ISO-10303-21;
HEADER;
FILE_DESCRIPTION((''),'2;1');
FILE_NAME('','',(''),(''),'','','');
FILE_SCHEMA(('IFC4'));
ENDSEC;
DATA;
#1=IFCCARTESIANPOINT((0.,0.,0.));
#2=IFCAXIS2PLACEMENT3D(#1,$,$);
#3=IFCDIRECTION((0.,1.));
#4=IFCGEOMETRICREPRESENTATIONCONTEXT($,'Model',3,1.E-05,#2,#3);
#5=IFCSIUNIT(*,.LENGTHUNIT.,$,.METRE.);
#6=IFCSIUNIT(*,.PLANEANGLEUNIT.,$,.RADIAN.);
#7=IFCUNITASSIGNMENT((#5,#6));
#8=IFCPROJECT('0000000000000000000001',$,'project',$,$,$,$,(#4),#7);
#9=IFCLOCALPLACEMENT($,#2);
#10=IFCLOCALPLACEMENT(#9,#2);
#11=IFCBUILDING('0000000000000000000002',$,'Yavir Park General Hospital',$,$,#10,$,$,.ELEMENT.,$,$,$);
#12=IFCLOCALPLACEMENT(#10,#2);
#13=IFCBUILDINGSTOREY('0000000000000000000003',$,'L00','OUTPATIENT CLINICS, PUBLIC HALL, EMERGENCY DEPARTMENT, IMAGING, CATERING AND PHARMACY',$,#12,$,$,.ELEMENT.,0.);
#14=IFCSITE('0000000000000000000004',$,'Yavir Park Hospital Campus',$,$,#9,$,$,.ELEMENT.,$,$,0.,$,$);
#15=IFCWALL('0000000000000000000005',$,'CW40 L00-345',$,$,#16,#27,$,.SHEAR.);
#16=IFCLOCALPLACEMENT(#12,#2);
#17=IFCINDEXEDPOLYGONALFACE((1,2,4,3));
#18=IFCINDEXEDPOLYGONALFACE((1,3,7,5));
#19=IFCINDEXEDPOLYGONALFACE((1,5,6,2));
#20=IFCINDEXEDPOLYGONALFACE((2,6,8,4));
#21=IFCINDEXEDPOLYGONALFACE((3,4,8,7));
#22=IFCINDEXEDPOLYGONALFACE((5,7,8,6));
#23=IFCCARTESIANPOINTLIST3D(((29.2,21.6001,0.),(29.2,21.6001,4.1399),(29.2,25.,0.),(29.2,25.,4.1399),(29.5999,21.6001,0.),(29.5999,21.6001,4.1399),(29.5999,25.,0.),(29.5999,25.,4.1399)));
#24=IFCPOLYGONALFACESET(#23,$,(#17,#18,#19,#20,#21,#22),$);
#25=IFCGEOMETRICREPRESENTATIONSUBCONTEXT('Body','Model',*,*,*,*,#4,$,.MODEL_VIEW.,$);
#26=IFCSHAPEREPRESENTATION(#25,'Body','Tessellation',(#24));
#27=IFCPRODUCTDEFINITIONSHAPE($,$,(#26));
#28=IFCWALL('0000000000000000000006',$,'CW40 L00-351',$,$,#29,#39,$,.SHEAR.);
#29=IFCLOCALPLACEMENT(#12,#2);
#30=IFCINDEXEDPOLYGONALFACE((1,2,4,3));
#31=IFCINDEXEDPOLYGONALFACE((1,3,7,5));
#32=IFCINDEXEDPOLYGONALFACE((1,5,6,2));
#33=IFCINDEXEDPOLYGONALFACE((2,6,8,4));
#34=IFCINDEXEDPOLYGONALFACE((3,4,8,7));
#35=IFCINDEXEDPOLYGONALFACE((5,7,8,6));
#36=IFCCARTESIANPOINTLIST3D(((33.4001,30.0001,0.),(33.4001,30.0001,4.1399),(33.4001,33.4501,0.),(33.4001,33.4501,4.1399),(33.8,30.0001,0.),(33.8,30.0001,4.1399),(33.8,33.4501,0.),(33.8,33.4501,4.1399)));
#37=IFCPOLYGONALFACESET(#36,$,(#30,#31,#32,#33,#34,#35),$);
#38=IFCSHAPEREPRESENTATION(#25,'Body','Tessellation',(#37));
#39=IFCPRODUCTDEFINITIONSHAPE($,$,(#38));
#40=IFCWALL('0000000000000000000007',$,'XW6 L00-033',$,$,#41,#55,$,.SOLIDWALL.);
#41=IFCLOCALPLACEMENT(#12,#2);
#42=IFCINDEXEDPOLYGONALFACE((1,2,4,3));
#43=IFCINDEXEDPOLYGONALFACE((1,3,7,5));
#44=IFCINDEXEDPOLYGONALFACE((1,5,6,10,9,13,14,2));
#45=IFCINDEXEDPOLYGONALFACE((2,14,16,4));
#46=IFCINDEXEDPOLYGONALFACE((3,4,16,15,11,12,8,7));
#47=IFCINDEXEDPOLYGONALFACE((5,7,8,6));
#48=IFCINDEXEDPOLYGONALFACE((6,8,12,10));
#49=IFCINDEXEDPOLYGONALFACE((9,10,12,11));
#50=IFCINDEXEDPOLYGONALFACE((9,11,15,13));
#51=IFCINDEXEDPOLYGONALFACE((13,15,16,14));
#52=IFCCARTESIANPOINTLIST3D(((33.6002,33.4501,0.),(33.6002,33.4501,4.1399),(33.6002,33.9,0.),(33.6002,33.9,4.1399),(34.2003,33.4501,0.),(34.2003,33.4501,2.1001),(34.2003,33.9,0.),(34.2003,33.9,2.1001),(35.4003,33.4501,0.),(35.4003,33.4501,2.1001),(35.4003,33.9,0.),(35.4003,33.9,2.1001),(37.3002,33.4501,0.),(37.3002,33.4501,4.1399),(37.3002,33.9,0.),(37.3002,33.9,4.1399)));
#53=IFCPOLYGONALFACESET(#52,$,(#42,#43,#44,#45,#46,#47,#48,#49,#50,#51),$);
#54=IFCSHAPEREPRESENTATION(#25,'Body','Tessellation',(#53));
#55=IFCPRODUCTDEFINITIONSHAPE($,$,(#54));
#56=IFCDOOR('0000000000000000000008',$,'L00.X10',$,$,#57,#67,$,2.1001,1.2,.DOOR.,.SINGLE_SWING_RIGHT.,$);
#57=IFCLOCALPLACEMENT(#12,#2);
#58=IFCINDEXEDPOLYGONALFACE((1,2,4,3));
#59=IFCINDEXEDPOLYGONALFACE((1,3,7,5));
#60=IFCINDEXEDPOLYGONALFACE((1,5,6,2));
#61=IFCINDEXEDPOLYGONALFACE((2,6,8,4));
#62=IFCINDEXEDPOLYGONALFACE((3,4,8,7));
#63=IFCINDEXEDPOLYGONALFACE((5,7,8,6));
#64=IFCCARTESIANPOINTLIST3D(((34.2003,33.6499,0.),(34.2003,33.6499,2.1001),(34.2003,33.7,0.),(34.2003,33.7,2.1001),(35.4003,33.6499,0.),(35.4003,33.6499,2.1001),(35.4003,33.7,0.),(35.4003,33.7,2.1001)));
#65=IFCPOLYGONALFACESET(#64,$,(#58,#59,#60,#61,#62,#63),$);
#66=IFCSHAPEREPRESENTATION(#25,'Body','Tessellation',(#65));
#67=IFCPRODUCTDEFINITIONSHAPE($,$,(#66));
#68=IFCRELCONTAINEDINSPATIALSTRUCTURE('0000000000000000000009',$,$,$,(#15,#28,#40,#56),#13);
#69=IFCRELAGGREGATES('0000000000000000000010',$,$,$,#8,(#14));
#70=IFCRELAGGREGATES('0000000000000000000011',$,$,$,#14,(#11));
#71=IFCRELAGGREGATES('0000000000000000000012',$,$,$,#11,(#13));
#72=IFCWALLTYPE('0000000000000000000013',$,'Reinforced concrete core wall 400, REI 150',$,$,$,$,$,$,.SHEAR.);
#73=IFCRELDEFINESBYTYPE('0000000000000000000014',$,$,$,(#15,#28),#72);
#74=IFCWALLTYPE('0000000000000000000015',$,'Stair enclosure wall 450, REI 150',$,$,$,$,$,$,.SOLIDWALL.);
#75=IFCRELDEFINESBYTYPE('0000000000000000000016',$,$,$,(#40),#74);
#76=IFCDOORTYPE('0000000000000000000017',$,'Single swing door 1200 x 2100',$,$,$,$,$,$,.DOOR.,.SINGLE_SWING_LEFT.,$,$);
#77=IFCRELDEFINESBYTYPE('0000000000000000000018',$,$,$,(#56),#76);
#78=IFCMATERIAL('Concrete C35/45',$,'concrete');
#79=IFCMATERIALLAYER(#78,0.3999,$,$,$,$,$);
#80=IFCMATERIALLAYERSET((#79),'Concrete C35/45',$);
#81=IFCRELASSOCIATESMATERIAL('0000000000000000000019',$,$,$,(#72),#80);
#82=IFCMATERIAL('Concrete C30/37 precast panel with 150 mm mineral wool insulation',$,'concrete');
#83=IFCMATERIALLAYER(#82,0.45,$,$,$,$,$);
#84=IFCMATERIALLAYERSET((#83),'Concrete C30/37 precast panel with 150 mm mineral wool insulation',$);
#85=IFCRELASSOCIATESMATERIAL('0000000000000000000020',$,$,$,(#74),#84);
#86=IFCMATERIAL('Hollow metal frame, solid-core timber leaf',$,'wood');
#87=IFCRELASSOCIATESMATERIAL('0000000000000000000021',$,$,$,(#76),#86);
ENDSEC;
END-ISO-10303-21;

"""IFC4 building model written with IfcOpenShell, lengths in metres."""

from ifc_helpers import new_model, si_unit, direction, frame, frame_2d, origin, place, context, subcontext, project, spatial, rectangle, extrude, material, layer, layer_set, type_object, element, fill, save


model = new_model("IFC4")

# Units and contexts
model_context = context("Model", 3, precision=1e-05, world=origin(), true_north=direction((0.0, 1.0)))
body_context = subcontext(model_context, "Body", "Model", "MODEL_VIEW")
ifc_project = project(units=[si_unit("LENGTHUNIT", "METRE"), si_unit("PLANEANGLEUNIT", "RADIAN")], contexts=[model_context])

# Site, building, storey
site_placement = place(None, origin())
site = spatial("IfcSite", under=ifc_project, at=site_placement, Name="Yavir Park Hospital Campus", CompositionType="ELEMENT", RefElevation=0.0)
building_placement = place(site_placement, origin())
building = spatial("IfcBuilding", under=site, at=building_placement, Name="Yavir Park General Hospital", CompositionType="ELEMENT")
storey_placement = place(building_placement, origin())
storey = spatial("IfcBuildingStorey", under=building, at=storey_placement, Name="L00", Description="OUTPATIENT CLINICS, PUBLIC HALL, EMERGENCY DEPARTMENT, IMAGING, CATERING AND PHARMACY", CompositionType="ELEMENT", Elevation=0.0)

# Walls
ifc_material_1 = material(Name="Concrete C35/45", Category="concrete")
ifc_layer_1 = layer(ifc_material_1, 0.3999)
ifc_layer_set_1 = layer_set([ifc_layer_1], Name="Concrete C35/45")
wall_type_1 = type_object("IfcWallType", Name="Reinforced concrete core wall 400, REI 150", PredefinedType="SHEAR", material=ifc_layer_set_1)
wall_1_placement = place(storey_placement, frame((29.3999, 21.6001, 0.0), z_axis=(0.0, 0.0, 1.0), x_axis=(0.0, 1.0, 0.0)))
element("IfcWall", 1, at=wall_1_placement, inside=storey, type_object=wall_type_1, Name="CW40 L00-345", PredefinedType="SHEAR", context=body_context, shape_type="SweptSolid", body=[
    extrude(rectangle(XDim=3.3999, YDim=0.3999, at=frame_2d((1.7, 0.0))), origin(), (0.0, 0.0, 1.0), 4.1399),
])
wall_2_placement = place(storey_placement, frame((33.6001, 30.0, 0.0), z_axis=(0.0, 0.0, 1.0), x_axis=(0.0, 1.0, 0.0)))
element("IfcWall", 2, at=wall_2_placement, inside=storey, type_object=wall_type_1, Name="CW40 L00-351", PredefinedType="SHEAR", context=body_context, shape_type="SweptSolid", body=[
    extrude(rectangle(XDim=3.45, YDim=0.3999, at=frame_2d((1.7251, 0.0))), origin(), (0.0, 0.0, 1.0), 4.1399),
])

# Wall, opening, door
ifc_material_2 = material(Name="Concrete C30/37 precast panel with 150 mm mineral wool insulation", Category="concrete")
ifc_layer_2 = layer(ifc_material_2, 0.45)
ifc_layer_set_2 = layer_set([ifc_layer_2], Name="Concrete C30/37 precast panel with 150 mm mineral wool insulation")
wall_type_2 = type_object("IfcWallType", Name="Stair enclosure wall 450, REI 150", PredefinedType="SOLIDWALL", material=ifc_layer_set_2)
wall_3_placement = place(storey_placement, frame((33.6001, 33.675, 0.0), z_axis=(0.0, 0.0, 1.0), x_axis=(1.0, 0.0, 0.0)))
wall_3 = element("IfcWall", 3, at=wall_3_placement, inside=storey, type_object=wall_type_2, Name="XW6 L00-033", PredefinedType="SOLIDWALL", context=body_context, shape_type="SweptSolid", body=[
    extrude(rectangle(XDim=3.7, YDim=0.45, at=frame_2d((1.8501, 0.0))), origin(), (0.0, 0.0, 1.0), 4.1399),
])
opening_1_placement = place(wall_3_placement, frame((0.6001, 0.0, 0.0)))
opening_1 = element("IfcOpeningElement", 4, at=opening_1_placement, cuts=wall_3, PredefinedType="OPENING", context=body_context, shape_type="SweptSolid", body=[
    extrude(rectangle(XDim=1.2, YDim=2.1001, at=frame_2d((0.6001, 1.05))), frame((0.0, 0.2349, 0.0), z_axis=(0.0, -1.0, 0.0), x_axis=(1.0, 0.0, 0.0)), (0.0, 0.0, 1.0), 0.47),
])
ifc_material_3 = material(Name="Hollow metal frame, solid-core timber leaf", Category="wood")
door_type_1 = type_object("IfcDoorType", Name="Single swing door 1200 x 2100", OperationType="SINGLE_SWING_LEFT", PredefinedType="DOOR", material=ifc_material_3)
door_1_placement = place(opening_1_placement, origin())
door_1 = element("IfcDoor", 5, at=door_1_placement, inside=storey, type_object=door_type_1, Name="L00.X10", OperationType="SINGLE_SWING_RIGHT", OverallHeight=2.1001, OverallWidth=1.2, PredefinedType="DOOR", context=body_context, shape_type="SweptSolid", body=[
    extrude(rectangle(XDim=1.2, YDim=2.1001, at=frame_2d((0.6001, 1.05))), frame((0.0, 0.0249, 0.0), z_axis=(0.0, -1.0, 0.0), x_axis=(1.0, 0.0, 0.0)), (0.0, 0.0, 1.0), 0.05),
])
fill(opening_1, door_1)

save(model, "model.ifc")
